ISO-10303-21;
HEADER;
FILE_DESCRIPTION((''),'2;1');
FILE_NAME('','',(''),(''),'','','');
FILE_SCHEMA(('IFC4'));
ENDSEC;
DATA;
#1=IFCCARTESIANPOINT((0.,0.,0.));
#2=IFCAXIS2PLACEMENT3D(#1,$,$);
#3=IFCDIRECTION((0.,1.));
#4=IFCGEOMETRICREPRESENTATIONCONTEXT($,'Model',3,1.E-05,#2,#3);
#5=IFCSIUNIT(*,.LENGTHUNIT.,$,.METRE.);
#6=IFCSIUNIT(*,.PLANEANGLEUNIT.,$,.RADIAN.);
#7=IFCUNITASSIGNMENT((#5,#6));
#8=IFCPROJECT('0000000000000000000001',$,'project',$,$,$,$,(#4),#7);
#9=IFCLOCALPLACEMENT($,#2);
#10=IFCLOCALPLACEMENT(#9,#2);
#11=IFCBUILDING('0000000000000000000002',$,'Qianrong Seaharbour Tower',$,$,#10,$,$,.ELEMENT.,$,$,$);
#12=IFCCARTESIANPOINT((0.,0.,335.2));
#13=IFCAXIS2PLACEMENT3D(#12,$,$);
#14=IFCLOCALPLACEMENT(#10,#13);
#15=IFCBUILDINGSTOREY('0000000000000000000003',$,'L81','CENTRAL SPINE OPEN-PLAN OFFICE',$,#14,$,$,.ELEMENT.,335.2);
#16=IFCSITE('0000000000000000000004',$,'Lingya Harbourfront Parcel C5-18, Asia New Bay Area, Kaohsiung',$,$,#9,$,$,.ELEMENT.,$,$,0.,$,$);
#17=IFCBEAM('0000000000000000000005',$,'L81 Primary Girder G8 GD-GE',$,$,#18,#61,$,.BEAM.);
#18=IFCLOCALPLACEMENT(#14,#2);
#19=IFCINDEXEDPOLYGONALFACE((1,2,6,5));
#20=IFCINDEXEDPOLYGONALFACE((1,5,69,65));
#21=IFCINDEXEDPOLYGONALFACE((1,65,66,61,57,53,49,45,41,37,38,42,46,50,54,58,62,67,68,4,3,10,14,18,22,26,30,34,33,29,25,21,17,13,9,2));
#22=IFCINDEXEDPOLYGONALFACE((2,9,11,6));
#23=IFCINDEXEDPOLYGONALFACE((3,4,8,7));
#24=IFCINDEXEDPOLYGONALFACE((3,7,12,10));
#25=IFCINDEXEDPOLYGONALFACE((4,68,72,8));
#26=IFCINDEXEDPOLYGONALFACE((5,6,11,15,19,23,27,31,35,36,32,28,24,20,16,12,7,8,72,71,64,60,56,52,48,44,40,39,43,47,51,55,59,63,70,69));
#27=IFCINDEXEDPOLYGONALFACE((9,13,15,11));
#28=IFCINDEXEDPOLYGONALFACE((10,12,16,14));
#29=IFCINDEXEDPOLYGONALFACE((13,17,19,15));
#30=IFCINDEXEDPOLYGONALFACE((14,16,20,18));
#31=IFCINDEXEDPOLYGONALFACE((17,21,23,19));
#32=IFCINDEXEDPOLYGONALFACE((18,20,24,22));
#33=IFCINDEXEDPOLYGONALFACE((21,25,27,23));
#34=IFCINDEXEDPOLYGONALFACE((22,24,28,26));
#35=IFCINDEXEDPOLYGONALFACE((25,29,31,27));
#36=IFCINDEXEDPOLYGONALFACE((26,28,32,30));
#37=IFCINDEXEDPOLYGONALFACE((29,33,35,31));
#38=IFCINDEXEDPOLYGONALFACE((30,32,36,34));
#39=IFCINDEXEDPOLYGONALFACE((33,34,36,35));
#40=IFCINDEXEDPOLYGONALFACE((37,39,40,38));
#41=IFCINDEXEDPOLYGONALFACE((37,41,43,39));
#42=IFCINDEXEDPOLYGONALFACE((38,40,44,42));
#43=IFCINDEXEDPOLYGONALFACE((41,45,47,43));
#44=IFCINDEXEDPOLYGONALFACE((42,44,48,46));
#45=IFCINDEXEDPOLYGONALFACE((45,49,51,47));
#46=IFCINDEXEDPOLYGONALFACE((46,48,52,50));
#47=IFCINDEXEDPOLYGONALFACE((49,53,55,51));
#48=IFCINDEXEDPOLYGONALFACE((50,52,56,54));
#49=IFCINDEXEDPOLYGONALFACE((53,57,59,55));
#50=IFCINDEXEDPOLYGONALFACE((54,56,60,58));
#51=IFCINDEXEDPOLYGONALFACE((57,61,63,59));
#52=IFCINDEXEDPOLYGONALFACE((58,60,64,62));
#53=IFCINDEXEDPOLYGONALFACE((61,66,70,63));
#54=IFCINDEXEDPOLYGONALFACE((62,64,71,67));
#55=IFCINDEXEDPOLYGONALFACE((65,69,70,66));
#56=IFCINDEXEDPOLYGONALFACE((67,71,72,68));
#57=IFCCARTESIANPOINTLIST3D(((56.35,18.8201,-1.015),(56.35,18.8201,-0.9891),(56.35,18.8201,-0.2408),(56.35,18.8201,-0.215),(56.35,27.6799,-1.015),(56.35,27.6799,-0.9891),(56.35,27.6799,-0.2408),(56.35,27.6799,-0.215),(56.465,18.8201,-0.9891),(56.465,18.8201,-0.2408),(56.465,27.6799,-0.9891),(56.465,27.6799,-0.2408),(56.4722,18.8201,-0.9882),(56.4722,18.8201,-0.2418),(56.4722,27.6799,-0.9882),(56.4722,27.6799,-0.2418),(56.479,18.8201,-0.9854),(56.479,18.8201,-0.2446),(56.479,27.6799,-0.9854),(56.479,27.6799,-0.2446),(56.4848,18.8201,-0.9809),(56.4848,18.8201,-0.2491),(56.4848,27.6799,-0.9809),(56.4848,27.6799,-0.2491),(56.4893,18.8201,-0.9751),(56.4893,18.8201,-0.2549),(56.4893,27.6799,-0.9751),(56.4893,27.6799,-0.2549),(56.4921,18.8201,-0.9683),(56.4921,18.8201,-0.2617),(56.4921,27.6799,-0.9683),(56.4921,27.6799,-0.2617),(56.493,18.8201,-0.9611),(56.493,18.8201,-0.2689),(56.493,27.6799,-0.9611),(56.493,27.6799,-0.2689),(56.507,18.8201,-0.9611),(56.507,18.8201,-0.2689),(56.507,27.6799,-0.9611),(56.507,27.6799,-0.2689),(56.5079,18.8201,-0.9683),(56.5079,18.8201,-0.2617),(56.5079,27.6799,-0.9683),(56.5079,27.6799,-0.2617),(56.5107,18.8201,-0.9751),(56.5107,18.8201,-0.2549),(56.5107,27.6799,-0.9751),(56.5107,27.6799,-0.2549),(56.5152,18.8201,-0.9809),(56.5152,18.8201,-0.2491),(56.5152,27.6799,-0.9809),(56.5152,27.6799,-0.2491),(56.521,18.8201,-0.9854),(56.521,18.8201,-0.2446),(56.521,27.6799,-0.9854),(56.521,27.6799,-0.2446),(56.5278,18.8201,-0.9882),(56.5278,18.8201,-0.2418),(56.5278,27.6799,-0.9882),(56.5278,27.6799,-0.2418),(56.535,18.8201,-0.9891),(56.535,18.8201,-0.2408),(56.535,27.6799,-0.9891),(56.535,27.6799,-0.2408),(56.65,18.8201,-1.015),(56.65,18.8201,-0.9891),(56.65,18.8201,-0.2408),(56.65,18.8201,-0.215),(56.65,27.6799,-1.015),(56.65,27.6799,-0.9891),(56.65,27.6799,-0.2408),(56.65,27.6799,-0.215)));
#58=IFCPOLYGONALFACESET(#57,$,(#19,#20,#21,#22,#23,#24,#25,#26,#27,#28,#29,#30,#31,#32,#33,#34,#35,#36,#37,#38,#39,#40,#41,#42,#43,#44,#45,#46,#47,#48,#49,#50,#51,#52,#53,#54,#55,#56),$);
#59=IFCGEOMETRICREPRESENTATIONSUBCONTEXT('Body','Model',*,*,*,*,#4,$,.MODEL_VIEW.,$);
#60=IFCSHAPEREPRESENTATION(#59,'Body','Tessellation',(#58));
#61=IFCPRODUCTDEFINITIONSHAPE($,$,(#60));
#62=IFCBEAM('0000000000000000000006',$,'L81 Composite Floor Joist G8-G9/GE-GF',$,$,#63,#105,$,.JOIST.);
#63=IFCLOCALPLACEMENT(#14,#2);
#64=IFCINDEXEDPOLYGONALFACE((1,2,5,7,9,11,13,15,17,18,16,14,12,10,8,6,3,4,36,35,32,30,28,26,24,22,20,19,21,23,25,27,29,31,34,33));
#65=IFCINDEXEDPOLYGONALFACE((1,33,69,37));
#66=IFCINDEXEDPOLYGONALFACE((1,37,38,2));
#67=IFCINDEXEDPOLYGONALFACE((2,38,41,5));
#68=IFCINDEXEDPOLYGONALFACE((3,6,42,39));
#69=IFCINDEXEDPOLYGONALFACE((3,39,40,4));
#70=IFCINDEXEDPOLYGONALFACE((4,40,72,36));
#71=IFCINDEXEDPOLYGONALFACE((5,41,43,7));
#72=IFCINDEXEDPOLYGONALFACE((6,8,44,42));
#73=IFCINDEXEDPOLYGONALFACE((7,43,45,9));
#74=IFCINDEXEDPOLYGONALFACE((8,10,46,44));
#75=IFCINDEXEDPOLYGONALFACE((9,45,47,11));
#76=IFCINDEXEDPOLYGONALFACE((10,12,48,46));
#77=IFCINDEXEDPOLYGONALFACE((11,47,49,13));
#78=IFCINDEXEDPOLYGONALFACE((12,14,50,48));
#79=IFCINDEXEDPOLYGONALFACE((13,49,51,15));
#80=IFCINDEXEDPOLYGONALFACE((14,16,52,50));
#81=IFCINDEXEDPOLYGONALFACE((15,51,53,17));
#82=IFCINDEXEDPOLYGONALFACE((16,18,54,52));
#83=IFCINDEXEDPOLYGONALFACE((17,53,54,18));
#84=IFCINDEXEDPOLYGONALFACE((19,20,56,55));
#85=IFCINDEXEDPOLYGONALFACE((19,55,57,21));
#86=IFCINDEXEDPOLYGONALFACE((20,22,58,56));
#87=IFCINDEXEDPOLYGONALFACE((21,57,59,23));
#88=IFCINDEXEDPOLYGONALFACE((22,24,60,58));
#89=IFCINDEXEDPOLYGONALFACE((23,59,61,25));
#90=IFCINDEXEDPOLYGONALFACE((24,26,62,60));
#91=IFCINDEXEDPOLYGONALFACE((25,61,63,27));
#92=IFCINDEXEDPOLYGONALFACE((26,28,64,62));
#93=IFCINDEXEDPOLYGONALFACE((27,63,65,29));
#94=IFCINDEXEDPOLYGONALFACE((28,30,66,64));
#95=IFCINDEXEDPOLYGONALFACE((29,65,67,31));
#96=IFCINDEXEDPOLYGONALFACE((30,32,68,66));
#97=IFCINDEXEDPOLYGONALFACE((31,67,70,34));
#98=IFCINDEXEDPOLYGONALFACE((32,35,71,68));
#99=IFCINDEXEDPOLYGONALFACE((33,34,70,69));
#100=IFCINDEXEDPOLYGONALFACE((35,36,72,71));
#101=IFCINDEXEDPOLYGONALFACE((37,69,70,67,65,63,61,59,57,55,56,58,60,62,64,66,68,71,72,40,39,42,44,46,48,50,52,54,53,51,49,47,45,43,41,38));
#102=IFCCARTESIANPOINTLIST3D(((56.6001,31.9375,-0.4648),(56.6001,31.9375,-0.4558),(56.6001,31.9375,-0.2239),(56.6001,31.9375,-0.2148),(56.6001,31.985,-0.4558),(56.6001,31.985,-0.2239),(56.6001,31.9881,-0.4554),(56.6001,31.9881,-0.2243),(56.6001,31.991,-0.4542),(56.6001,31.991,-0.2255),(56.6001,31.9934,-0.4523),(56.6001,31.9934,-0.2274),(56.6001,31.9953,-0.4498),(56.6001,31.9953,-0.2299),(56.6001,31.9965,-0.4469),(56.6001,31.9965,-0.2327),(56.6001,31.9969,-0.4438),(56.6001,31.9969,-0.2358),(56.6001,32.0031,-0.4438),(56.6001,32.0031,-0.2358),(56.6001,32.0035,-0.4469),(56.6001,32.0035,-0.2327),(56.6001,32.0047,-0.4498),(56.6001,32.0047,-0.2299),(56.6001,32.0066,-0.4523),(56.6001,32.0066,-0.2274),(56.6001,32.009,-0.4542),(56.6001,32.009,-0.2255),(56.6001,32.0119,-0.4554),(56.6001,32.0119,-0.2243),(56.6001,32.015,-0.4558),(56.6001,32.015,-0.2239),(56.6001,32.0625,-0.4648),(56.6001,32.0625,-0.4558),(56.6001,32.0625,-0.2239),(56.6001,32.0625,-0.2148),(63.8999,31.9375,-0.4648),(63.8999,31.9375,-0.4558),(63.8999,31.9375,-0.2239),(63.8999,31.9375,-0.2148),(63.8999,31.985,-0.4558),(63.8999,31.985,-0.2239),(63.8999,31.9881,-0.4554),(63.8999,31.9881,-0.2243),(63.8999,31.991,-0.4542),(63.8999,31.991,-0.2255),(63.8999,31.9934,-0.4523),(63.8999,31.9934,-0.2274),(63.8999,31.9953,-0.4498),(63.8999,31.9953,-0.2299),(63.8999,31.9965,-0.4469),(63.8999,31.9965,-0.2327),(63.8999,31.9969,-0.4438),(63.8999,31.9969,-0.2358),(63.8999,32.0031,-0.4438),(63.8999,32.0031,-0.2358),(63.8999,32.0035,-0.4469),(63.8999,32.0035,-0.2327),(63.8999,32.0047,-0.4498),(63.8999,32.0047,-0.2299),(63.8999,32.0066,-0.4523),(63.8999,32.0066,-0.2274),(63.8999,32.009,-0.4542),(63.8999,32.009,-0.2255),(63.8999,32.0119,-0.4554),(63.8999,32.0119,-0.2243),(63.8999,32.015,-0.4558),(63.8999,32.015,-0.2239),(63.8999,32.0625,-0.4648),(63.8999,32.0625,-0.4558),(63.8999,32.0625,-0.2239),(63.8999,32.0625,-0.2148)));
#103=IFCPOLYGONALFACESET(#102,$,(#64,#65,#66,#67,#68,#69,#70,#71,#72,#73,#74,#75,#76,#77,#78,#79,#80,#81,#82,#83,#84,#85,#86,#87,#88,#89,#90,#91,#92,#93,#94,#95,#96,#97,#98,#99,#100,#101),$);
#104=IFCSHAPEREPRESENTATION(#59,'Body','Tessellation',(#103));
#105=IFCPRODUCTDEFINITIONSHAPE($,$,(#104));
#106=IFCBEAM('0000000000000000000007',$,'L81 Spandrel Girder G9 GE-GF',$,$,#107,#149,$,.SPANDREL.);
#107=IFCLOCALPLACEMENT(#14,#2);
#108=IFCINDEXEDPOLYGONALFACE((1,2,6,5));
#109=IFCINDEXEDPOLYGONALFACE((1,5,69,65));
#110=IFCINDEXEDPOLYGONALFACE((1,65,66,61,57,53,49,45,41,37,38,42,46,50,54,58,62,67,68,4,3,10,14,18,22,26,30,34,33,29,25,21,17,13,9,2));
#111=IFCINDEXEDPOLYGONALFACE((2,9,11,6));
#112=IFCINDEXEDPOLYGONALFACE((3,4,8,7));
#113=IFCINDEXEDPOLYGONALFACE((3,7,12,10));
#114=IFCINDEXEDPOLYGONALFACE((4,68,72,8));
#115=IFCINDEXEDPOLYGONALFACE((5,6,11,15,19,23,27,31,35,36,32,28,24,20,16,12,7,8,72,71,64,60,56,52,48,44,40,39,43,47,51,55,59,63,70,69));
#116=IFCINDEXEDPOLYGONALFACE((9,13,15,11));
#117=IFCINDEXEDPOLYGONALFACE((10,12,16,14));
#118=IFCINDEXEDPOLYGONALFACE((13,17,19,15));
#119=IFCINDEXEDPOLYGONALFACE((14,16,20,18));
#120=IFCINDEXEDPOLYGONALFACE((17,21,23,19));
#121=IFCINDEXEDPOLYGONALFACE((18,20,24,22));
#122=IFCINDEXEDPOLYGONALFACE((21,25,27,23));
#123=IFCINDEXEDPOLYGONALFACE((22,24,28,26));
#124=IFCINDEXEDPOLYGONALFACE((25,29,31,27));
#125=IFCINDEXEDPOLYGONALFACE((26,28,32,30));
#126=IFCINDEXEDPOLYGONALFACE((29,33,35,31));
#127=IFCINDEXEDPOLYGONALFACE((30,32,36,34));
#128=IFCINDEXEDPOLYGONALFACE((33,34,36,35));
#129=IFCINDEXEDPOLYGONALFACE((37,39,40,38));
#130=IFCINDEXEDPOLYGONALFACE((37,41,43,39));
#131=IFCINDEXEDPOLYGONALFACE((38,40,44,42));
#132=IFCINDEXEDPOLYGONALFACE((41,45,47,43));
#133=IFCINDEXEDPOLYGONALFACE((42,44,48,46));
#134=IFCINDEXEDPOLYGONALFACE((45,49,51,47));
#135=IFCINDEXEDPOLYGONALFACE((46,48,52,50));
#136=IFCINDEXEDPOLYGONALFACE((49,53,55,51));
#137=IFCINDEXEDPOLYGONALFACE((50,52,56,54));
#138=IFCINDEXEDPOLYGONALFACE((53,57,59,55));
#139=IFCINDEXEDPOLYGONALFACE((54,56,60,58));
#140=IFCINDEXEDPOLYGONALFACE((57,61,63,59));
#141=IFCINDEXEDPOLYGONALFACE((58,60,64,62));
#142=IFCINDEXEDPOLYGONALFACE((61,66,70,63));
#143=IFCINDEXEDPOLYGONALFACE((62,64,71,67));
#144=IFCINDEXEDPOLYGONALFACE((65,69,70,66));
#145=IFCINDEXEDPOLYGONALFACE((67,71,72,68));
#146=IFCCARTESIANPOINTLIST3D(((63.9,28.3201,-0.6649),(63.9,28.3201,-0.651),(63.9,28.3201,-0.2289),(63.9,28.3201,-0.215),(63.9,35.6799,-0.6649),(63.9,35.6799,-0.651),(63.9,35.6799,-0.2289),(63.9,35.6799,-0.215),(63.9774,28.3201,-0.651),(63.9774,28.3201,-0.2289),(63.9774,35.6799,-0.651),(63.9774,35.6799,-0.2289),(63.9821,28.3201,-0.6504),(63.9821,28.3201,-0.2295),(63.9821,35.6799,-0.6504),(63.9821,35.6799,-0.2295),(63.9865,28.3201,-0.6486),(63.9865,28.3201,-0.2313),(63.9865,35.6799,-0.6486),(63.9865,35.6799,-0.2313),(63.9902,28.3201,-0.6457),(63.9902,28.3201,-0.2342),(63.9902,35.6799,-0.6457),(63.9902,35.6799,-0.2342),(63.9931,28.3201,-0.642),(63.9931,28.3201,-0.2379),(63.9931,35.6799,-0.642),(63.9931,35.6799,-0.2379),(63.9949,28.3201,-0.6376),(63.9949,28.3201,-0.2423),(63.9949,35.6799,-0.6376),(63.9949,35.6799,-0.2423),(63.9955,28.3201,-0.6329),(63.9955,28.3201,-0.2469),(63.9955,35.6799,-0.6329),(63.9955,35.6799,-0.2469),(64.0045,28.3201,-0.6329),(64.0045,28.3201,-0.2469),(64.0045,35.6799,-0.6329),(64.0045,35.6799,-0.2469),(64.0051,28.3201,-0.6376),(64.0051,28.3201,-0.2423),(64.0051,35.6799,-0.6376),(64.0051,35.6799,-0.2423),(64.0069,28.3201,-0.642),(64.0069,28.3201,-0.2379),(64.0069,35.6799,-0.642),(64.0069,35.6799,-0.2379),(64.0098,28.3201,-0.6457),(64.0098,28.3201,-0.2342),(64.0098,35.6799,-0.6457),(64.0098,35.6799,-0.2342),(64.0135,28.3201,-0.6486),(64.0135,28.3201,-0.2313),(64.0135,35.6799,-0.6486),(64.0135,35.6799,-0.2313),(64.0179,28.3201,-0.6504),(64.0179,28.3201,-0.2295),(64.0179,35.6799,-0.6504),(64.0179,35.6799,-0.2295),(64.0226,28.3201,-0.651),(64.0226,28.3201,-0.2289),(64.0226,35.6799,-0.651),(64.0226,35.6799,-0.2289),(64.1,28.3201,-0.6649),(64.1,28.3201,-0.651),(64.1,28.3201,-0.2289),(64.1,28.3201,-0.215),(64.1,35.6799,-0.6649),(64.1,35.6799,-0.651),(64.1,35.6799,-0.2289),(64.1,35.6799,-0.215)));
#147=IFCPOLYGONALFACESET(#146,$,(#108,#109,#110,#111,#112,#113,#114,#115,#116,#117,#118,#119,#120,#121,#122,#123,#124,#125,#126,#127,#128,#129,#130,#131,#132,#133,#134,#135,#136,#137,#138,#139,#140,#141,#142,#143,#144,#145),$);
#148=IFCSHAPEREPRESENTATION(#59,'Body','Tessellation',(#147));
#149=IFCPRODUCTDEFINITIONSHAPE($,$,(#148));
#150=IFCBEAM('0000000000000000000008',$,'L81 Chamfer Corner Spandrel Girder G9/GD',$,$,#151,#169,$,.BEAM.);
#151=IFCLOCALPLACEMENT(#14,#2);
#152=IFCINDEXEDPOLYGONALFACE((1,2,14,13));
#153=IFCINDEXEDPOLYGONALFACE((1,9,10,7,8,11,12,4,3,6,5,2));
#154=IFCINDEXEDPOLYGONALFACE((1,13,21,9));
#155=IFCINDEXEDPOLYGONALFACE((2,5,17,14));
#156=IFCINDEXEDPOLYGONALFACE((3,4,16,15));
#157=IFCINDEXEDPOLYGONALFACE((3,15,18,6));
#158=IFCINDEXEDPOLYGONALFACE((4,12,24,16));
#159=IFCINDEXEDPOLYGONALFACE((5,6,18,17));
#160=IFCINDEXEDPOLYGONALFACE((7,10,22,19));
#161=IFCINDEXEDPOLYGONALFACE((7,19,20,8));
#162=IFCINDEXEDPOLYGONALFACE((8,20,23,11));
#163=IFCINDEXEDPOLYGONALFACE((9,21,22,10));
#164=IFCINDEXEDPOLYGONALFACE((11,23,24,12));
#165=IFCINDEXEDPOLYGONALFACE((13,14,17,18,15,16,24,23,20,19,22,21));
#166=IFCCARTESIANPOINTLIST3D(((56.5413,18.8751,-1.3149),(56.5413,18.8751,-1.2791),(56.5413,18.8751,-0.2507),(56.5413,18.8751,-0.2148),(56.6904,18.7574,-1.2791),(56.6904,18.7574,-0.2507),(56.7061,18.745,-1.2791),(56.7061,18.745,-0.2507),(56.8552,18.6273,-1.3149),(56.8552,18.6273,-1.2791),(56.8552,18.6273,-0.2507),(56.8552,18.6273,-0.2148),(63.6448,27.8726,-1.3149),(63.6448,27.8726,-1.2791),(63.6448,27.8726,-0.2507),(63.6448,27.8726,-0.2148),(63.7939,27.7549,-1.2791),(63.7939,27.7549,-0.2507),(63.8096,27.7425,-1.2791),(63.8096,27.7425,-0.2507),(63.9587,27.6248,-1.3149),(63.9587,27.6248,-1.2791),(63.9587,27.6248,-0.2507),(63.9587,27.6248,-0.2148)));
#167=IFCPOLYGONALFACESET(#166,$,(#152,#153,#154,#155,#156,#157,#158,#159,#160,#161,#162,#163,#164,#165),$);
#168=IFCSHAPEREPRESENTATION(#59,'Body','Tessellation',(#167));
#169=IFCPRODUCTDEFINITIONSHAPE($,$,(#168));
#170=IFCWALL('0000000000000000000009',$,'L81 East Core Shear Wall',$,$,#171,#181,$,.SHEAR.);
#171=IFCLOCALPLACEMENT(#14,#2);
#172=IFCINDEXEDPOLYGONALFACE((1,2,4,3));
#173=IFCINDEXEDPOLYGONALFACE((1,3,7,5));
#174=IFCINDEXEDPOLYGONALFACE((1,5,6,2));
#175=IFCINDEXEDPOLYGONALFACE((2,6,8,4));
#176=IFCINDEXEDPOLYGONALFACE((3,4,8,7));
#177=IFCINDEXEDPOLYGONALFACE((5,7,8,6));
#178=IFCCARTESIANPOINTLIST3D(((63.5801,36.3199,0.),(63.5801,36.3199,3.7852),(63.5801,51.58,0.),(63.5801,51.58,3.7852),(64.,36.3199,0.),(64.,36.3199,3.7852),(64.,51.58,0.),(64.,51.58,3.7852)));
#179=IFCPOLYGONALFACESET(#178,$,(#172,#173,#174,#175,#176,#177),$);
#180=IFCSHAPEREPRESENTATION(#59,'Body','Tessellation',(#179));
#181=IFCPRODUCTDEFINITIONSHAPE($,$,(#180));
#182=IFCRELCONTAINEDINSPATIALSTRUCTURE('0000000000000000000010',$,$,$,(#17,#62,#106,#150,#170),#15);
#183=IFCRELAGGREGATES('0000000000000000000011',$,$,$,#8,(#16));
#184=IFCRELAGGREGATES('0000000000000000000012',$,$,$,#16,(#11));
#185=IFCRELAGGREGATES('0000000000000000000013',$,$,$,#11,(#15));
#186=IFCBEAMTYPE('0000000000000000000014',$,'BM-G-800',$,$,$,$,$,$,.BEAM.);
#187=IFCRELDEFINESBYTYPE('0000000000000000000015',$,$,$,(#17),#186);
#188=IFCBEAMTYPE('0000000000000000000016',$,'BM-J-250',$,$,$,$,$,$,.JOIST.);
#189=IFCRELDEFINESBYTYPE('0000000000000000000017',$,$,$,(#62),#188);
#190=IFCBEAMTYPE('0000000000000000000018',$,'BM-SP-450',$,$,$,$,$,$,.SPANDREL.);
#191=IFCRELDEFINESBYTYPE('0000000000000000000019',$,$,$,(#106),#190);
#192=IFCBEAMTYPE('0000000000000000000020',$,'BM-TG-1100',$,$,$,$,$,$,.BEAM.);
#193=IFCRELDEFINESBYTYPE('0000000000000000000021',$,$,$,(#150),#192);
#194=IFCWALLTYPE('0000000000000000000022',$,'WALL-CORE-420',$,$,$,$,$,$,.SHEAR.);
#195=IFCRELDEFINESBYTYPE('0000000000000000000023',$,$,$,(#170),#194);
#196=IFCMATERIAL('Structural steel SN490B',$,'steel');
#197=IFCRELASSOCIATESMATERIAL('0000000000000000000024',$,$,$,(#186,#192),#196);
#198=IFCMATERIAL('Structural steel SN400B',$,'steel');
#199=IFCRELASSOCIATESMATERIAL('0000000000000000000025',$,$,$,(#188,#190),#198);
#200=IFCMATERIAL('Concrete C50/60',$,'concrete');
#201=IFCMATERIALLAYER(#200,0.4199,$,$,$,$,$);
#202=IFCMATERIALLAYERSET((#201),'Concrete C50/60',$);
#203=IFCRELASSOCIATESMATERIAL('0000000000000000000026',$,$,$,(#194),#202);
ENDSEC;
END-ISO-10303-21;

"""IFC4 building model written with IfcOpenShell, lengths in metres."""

from ifc_helpers import new_model, si_unit, direction, frame, frame_2d, origin, origin_2d, place, context, subcontext, project, spatial, rectangle, i_section, extrude, material, layer, layer_set, material_profile, profile_set, type_object, element, save


model = new_model("IFC4")

# Units and contexts
model_context = context("Model", 3, precision=1e-05, world=origin(), true_north=direction((0.0, 1.0)))
body_context = subcontext(model_context, "Body", "Model", "MODEL_VIEW")
ifc_project = project(units=[si_unit("LENGTHUNIT", "METRE"), si_unit("PLANEANGLEUNIT", "RADIAN")], contexts=[model_context])

# Site, building, storey
site_placement = place(None, origin())
site = spatial("IfcSite", under=ifc_project, at=site_placement, Name="Lingya Harbourfront Parcel C5-18, Asia New Bay Area, Kaohsiung", CompositionType="ELEMENT", RefElevation=0.0)
building_placement = place(site_placement, origin())
building = spatial("IfcBuilding", under=site, at=building_placement, Name="Qianrong Seaharbour Tower", CompositionType="ELEMENT")
storey_placement = place(building_placement, frame((0.0, 0.0, 335.2)))
storey = spatial("IfcBuildingStorey", under=building, at=storey_placement, Name="L81", Description="CENTRAL SPINE OPEN-PLAN OFFICE", CompositionType="ELEMENT", Elevation=335.2)

# Shared definitions
ifc_material_1 = material(Name="Structural steel SN490B", Category="steel")
ifc_material_2 = material(Name="Concrete C50/60", Category="concrete")
ifc_material_3 = material(Name="Structural steel SN400B", Category="steel")

# Beams
ifc_material_profile_1 = material_profile(ifc_material_1, i_section(OverallWidth=0.3, OverallDepth=0.8, WebThickness=0.0139, FlangeThickness=0.0259, FilletRadius=0.0281, at=origin_2d()), Name="H800x300x14x26")
ifc_profile_set_1 = profile_set([ifc_material_profile_1], Name="Structural steel SN490B")
beam_type_1 = type_object("IfcBeamType", Name="BM-G-800", PredefinedType="BEAM", material=ifc_profile_set_1)
beam_1_placement = place(storey_placement, frame((56.5, 18.8201, -0.615), z_axis=(0.0, 1.0, 0.0), x_axis=(-1.0, 0.0, 0.0)))
element("IfcBeam", 1, at=beam_1_placement, inside=storey, type_object=beam_type_1, Name="L81 Primary Girder G8 GD-GE", PredefinedType="BEAM", context=body_context, shape_type="SweptSolid", body=[
    extrude(i_section(OverallWidth=0.3, OverallDepth=0.8, WebThickness=0.0139, FlangeThickness=0.0259, FilletRadius=0.0281, at=origin_2d()), origin(), (0.0, 0.0, 1.0), 8.8599),
])
ifc_material_profile_2 = material_profile(ifc_material_3, i_section(OverallWidth=0.125, OverallDepth=0.25, WebThickness=0.0061, FlangeThickness=0.009, FilletRadius=0.012, at=origin_2d()), Name="H250x125x6x9")
ifc_profile_set_2 = profile_set([ifc_material_profile_2], Name="Structural steel SN400B")
beam_type_2 = type_object("IfcBeamType", Name="BM-J-250", PredefinedType="JOIST", material=ifc_profile_set_2)
beam_2_placement = place(storey_placement, frame((56.6001, 32.0, -0.3398), z_axis=(1.0, 0.0, 0.0), x_axis=(0.0, 1.0, 0.0)))
element("IfcBeam", 2, at=beam_2_placement, inside=storey, type_object=beam_type_2, Name="L81 Composite Floor Joist G8-G9/GE-GF", PredefinedType="JOIST", context=body_context, shape_type="SweptSolid", body=[
    extrude(i_section(OverallWidth=0.125, OverallDepth=0.25, WebThickness=0.0061, FlangeThickness=0.009, FilletRadius=0.012, at=origin_2d()), origin(), (0.0, 0.0, 1.0), 7.2998),
])
ifc_material_profile_3 = material_profile(ifc_material_3, i_section(OverallWidth=0.2, OverallDepth=0.45, WebThickness=0.009, FlangeThickness=0.0139, FilletRadius=0.0181, at=origin_2d()), Name="H450x200x9x14")
ifc_profile_set_3 = profile_set([ifc_material_profile_3], Name="Structural steel SN400B")
beam_type_3 = type_object("IfcBeamType", Name="BM-SP-450", PredefinedType="SPANDREL", material=ifc_profile_set_3)
beam_3_placement = place(storey_placement, frame((64.0, 28.3201, -0.4399), z_axis=(0.0, 1.0, 0.0), x_axis=(-1.0, 0.0, 0.0)))
element("IfcBeam", 3, at=beam_3_placement, inside=storey, type_object=beam_type_3, Name="L81 Spandrel Girder G9 GE-GF", PredefinedType="SPANDREL", context=body_context, shape_type="SweptSolid", body=[
    extrude(i_section(OverallWidth=0.2, OverallDepth=0.45, WebThickness=0.009, FlangeThickness=0.0139, FilletRadius=0.0181, at=origin_2d()), origin(), (0.0, 0.0, 1.0), 7.3599),
])
ifc_material_profile_4 = material_profile(ifc_material_1, i_section(OverallWidth=0.3999, OverallDepth=1.1001, WebThickness=0.02, FlangeThickness=0.0359, at=origin_2d()), Name="BH1100x400x20x36")
ifc_profile_set_4 = profile_set([ifc_material_profile_4], Name="Structural steel SN490B")
beam_type_4 = type_object("IfcBeamType", Name="BM-TG-1100", PredefinedType="BEAM", material=ifc_profile_set_4)
beam_4_placement = place(storey_placement, frame((56.6982, 18.7512, -0.7649), z_axis=(0.619654, 0.784875, 0.0), x_axis=(-0.784875, 0.619654, 0.0)))
element("IfcBeam", 4, at=beam_4_placement, inside=storey, type_object=beam_type_4, Name="L81 Chamfer Corner Spandrel Girder G9/GD", PredefinedType="BEAM", context=body_context, shape_type="SweptSolid", body=[
    extrude(i_section(OverallWidth=0.3999, OverallDepth=1.1001, WebThickness=0.02, FlangeThickness=0.0359, at=origin_2d()), origin(), (0.0, 0.0, 1.0), 11.4636),
])

# Wall
ifc_layer_1 = layer(ifc_material_2, 0.4199)
ifc_layer_set_1 = layer_set([ifc_layer_1], Name="Concrete C50/60")
wall_type_1 = type_object("IfcWallType", Name="WALL-CORE-420", PredefinedType="SHEAR", material=ifc_layer_set_1)
wall_1_placement = place(storey_placement, frame((63.79, 36.3201, 0.0), z_axis=(0.0, 0.0, 1.0), x_axis=(0.0, 1.0, 0.0)))
element("IfcWall", 5, at=wall_1_placement, inside=storey, type_object=wall_type_1, Name="L81 East Core Shear Wall", PredefinedType="SHEAR", context=body_context, shape_type="SweptSolid", body=[
    extrude(rectangle(XDim=15.26, YDim=0.4199, at=frame_2d((7.6299, 0.0))), origin(), (0.0, 0.0, 1.0), 3.7852),
])

save(model, "model.ifc")
